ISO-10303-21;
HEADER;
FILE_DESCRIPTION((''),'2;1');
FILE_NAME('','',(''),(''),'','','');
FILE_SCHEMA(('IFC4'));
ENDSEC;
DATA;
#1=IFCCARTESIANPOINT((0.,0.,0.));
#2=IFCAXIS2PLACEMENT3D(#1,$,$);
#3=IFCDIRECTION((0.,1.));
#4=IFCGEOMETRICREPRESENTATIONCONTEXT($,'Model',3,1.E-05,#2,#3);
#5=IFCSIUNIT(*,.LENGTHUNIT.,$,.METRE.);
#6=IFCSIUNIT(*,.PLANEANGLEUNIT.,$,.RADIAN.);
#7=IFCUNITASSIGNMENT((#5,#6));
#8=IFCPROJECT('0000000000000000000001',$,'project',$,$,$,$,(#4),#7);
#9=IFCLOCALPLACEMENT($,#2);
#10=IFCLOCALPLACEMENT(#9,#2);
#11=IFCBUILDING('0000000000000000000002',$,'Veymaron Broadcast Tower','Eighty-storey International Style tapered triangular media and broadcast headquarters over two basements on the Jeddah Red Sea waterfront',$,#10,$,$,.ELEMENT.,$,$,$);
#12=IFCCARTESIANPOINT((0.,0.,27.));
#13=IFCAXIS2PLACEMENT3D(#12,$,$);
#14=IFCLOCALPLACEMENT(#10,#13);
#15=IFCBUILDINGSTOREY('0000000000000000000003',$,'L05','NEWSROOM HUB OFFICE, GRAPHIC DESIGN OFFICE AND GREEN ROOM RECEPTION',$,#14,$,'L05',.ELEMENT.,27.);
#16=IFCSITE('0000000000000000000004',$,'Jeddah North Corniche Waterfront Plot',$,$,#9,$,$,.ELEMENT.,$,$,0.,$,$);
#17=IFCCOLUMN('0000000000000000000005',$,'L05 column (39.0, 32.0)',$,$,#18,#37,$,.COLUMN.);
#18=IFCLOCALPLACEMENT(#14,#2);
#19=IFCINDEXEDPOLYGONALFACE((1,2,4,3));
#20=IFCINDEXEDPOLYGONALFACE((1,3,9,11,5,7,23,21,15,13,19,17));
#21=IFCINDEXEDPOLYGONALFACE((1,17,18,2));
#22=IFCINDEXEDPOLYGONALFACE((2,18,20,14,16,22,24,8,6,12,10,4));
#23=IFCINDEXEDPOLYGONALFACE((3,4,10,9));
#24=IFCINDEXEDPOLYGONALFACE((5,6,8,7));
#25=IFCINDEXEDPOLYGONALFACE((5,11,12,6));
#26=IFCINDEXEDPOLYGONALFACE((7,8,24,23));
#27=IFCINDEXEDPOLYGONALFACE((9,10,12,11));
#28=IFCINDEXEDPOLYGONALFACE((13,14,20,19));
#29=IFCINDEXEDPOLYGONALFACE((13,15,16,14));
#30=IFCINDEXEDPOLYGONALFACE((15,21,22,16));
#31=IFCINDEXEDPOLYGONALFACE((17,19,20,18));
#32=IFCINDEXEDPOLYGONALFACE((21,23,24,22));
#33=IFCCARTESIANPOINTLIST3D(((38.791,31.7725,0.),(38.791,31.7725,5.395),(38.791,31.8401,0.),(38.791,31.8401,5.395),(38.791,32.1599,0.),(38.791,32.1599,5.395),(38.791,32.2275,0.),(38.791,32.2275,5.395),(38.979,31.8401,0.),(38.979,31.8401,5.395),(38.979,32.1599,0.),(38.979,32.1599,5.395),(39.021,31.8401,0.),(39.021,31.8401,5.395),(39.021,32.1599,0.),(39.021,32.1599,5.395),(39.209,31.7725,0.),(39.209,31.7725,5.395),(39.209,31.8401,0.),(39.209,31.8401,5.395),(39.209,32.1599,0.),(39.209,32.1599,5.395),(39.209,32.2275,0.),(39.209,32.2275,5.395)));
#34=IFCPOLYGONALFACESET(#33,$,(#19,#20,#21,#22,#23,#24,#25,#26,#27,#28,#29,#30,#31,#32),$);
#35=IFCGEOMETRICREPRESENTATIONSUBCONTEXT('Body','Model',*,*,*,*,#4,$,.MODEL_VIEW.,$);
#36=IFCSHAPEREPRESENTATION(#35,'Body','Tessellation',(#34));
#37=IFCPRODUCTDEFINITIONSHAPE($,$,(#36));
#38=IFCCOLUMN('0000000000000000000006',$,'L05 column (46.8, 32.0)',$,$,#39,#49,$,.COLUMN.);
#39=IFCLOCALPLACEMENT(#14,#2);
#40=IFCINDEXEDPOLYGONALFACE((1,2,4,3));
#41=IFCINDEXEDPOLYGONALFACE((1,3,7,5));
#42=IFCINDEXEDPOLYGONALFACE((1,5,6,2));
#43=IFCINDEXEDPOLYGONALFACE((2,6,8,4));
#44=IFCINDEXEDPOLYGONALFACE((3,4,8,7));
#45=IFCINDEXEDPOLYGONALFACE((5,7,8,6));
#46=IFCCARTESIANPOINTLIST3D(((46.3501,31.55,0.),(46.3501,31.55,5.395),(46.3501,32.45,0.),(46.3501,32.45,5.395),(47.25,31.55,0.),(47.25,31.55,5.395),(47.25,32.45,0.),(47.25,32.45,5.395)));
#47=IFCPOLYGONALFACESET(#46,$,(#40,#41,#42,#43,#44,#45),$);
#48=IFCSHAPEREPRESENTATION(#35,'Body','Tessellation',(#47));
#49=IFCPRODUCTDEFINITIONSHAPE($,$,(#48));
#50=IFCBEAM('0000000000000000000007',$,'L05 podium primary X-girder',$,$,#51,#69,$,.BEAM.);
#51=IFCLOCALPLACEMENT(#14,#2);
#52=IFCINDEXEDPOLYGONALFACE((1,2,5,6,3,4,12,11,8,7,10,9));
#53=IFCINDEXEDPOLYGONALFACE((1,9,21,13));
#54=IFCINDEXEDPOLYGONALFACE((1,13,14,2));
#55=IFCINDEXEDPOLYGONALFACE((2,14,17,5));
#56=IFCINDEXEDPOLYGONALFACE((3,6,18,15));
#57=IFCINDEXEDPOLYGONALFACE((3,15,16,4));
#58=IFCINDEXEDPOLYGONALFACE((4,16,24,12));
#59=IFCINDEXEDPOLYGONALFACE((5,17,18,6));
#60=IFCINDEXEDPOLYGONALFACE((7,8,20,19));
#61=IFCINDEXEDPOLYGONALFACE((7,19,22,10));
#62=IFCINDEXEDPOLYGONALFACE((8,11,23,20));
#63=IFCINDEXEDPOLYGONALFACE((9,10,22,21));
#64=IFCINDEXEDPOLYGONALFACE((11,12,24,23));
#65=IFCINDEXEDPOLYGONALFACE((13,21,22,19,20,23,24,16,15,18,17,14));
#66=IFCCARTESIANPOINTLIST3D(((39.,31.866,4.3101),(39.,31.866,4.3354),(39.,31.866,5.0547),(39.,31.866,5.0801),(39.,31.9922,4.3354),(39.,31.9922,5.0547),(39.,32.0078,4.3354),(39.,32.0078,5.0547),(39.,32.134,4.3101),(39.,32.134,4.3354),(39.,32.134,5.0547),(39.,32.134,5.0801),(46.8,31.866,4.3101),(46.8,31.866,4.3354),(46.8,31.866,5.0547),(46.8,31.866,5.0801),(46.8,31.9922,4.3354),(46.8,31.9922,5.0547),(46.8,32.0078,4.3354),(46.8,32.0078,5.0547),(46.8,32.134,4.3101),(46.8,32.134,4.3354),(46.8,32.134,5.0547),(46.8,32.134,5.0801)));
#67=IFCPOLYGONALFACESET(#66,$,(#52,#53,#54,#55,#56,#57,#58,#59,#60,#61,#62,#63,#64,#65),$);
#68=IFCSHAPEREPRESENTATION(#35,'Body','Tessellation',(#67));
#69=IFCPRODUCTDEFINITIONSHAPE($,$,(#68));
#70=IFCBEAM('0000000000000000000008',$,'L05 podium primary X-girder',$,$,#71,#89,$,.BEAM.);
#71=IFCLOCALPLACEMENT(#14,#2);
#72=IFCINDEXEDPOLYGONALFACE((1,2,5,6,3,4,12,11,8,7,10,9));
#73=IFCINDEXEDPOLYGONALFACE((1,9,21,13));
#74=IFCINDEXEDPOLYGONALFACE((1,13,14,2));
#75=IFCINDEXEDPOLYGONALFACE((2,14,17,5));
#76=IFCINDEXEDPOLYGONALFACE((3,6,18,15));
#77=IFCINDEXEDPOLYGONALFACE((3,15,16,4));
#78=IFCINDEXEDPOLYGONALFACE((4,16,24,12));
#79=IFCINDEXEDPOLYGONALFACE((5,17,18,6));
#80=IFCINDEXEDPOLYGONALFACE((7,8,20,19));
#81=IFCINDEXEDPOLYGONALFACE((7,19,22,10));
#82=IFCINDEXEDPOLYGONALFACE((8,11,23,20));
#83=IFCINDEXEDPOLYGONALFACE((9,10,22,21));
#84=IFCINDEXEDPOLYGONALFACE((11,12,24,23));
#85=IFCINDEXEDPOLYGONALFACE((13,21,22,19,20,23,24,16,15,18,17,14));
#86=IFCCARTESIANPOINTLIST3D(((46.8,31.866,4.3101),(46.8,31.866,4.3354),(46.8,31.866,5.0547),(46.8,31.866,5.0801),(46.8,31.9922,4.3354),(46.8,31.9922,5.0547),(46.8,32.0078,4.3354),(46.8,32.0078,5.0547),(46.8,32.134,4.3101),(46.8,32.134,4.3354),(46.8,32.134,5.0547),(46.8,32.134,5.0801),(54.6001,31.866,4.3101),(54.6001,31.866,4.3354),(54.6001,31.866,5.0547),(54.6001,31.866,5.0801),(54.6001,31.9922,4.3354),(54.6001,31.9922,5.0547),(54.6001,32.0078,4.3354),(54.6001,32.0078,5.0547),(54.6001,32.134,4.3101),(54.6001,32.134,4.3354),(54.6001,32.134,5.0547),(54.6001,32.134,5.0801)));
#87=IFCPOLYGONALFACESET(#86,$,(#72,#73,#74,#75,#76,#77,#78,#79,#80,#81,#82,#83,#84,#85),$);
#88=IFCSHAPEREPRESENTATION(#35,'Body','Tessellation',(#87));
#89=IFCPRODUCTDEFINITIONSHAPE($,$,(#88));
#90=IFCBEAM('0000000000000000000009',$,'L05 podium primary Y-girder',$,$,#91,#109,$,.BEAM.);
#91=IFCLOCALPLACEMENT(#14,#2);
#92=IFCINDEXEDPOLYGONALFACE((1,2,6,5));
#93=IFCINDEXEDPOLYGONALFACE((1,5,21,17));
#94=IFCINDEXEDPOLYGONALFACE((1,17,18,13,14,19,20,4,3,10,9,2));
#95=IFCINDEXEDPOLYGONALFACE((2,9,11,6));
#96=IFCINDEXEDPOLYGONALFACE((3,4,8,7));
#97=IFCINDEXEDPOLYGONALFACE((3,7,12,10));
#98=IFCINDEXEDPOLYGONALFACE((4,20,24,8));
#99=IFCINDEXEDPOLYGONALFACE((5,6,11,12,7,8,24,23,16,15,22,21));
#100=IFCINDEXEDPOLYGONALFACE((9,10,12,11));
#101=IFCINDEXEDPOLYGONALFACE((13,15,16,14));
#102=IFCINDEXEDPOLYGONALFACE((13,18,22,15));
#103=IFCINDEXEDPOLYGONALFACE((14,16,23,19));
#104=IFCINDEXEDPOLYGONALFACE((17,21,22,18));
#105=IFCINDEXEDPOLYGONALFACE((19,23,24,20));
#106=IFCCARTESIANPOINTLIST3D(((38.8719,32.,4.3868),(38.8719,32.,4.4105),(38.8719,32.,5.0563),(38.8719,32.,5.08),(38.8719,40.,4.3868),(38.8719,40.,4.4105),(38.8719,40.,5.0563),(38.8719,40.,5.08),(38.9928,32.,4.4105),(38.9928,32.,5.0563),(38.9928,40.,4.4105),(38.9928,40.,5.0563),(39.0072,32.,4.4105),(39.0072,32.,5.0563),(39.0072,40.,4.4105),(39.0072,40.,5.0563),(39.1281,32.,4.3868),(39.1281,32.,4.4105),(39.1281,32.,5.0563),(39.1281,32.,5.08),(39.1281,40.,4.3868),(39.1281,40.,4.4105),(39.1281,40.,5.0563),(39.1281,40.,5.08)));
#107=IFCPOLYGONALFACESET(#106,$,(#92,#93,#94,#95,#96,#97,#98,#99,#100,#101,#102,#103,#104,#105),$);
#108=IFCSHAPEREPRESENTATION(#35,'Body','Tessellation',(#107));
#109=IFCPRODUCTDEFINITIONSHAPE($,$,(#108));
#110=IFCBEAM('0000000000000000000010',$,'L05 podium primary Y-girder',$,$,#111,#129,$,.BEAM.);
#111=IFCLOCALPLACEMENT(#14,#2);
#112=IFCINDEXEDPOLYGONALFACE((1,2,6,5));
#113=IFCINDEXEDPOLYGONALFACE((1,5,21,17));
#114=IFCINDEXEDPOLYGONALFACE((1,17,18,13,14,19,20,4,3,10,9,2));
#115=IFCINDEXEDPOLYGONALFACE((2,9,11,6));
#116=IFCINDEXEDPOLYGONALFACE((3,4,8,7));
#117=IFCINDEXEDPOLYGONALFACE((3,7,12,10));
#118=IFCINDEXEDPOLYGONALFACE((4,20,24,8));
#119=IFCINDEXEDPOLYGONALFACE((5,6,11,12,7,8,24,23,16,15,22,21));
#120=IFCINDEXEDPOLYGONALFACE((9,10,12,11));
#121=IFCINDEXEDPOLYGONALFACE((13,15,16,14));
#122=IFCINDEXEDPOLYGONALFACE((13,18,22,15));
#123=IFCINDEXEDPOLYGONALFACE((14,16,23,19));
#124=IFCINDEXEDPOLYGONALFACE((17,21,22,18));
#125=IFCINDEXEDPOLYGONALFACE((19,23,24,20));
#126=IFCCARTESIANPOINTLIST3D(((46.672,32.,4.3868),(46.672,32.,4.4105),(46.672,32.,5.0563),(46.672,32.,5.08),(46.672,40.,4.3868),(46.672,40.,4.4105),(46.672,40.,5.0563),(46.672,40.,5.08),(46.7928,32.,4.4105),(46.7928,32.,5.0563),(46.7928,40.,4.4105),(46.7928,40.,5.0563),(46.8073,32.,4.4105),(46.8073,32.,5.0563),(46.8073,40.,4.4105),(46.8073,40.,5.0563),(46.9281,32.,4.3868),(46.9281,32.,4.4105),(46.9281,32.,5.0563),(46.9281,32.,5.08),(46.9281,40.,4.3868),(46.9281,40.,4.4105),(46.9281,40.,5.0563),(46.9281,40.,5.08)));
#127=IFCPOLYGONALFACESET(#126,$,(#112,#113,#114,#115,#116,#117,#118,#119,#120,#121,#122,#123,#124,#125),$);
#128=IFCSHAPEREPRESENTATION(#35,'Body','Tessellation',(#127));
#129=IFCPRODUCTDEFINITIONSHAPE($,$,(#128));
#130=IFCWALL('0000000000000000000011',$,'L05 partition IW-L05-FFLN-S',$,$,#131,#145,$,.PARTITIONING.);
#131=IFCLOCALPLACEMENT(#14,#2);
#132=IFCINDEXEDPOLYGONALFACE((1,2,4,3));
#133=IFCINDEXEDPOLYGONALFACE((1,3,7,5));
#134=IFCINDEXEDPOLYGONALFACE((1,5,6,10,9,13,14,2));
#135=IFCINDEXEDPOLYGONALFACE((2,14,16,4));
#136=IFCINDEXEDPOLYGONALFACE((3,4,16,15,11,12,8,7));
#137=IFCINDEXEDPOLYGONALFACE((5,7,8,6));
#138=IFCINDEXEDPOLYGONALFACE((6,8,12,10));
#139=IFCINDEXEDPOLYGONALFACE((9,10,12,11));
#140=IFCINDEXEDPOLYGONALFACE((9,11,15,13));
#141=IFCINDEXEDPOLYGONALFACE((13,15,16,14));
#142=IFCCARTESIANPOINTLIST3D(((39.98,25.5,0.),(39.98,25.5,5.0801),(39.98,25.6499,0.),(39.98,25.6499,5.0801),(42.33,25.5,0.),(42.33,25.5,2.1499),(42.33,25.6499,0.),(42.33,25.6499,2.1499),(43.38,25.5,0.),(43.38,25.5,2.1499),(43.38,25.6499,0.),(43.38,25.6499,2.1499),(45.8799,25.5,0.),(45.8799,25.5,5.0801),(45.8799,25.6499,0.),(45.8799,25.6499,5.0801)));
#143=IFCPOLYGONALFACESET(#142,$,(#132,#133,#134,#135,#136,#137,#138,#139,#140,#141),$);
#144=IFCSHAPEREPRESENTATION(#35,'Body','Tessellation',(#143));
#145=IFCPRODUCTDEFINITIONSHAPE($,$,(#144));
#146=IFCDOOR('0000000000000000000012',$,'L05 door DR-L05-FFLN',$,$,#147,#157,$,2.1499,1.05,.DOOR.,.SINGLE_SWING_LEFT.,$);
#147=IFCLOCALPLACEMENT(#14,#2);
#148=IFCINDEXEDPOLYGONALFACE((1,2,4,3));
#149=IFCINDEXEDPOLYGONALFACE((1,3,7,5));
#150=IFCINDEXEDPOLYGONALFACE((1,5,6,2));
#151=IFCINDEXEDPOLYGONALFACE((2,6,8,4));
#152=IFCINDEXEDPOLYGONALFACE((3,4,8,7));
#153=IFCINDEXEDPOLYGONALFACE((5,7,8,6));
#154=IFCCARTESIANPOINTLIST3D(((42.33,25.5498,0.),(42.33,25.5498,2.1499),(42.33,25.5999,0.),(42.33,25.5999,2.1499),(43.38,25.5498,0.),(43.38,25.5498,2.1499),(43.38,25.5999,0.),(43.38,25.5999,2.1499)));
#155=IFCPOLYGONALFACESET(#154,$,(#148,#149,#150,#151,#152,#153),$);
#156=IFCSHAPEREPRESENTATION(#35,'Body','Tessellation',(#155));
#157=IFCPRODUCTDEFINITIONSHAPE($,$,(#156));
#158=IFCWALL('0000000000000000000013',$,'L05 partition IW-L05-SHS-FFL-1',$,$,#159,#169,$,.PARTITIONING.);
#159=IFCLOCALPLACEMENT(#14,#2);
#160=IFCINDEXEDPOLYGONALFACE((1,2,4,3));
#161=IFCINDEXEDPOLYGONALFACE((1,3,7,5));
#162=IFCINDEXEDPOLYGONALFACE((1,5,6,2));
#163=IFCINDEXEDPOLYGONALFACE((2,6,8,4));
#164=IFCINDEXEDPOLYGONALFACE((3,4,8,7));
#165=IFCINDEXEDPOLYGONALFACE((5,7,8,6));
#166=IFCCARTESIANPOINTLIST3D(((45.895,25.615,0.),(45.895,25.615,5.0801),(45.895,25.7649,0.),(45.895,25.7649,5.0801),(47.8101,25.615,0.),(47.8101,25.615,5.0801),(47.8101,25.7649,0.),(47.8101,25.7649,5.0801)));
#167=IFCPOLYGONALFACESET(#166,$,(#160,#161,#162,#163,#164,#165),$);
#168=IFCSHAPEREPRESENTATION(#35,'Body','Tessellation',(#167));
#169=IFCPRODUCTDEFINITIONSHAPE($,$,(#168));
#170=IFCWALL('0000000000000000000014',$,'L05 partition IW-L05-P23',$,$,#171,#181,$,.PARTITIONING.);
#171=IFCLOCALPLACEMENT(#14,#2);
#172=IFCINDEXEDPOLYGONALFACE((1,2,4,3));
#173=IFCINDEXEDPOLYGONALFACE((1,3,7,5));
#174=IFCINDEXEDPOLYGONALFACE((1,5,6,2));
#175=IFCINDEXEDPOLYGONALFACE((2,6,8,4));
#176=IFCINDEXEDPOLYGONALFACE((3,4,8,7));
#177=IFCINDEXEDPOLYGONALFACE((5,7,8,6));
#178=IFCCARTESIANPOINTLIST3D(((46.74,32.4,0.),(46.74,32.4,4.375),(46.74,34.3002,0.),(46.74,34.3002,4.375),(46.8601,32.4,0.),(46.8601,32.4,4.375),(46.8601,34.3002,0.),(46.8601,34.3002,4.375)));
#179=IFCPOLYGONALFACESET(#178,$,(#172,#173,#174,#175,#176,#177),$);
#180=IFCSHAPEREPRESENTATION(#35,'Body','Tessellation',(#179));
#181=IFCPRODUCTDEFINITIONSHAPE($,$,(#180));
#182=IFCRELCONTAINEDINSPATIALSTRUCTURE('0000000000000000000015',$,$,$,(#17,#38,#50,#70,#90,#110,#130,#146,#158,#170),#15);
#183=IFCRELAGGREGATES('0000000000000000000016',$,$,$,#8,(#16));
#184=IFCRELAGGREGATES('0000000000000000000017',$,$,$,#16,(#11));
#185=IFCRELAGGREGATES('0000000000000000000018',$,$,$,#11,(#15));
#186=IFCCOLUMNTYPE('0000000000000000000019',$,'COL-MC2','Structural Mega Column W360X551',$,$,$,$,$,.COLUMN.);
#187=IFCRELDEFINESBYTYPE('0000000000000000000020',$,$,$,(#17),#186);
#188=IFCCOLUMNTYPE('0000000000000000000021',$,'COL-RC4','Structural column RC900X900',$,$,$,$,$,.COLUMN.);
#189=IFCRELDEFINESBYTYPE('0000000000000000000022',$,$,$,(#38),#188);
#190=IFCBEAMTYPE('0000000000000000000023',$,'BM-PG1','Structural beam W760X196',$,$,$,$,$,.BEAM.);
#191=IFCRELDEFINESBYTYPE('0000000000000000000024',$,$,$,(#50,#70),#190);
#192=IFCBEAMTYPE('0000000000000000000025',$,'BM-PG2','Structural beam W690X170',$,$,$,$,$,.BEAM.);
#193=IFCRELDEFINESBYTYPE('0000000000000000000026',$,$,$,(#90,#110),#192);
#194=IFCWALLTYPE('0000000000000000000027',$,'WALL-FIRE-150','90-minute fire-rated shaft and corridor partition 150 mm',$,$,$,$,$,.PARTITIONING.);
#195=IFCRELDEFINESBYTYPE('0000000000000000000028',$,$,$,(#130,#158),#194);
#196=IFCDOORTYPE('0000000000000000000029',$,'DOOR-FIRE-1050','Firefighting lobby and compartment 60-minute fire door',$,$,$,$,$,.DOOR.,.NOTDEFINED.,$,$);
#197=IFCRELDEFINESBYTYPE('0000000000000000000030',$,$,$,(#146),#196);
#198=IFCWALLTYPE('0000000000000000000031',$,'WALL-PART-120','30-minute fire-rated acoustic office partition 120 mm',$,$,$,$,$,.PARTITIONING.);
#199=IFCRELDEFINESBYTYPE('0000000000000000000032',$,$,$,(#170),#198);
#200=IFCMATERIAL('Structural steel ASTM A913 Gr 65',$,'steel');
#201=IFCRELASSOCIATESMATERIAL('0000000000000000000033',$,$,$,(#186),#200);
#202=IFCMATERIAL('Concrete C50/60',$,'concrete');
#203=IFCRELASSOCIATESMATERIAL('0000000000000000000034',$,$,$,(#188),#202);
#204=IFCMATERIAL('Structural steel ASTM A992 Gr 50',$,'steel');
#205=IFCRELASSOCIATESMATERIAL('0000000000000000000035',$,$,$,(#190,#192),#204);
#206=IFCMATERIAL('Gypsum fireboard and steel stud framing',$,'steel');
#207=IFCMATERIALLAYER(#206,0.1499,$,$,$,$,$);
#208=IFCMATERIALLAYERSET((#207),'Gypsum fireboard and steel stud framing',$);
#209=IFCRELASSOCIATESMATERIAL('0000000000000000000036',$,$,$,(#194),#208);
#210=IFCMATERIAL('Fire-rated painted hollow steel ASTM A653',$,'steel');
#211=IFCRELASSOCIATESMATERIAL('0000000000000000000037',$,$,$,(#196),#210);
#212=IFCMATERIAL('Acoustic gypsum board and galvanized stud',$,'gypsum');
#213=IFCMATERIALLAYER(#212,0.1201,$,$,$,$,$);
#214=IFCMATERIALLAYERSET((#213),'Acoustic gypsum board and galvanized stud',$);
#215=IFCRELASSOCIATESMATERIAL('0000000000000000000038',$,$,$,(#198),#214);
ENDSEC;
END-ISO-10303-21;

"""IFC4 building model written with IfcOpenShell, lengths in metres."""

from ifc_helpers import new_model, si_unit, direction, frame, frame_2d, origin, origin_2d, place, context, subcontext, project, spatial, rectangle, i_section, extrude, material, layer, layer_set, material_profile, profile_set, type_object, element, fill, save


model = new_model("IFC4")

# Units and contexts
model_context = context("Model", 3, precision=1e-05, world=origin(), true_north=direction((0.0, 1.0)))
body_context = subcontext(model_context, "Body", "Model", "MODEL_VIEW")
ifc_project = project(units=[si_unit("LENGTHUNIT", "METRE"), si_unit("PLANEANGLEUNIT", "RADIAN")], contexts=[model_context])

# Site, building, storey
site_placement = place(None, origin())
site = spatial("IfcSite", under=ifc_project, at=site_placement, Name="Jeddah North Corniche Waterfront Plot", CompositionType="ELEMENT", RefElevation=0.0)
building_placement = place(site_placement, origin())
building = spatial("IfcBuilding", under=site, at=building_placement, Name="Veymaron Broadcast Tower", Description="Eighty-storey International Style tapered triangular media and broadcast headquarters over two basements on the Jeddah Red Sea waterfront", CompositionType="ELEMENT")
storey_placement = place(building_placement, frame((0.0, 0.0, 27.0)))
storey = spatial("IfcBuildingStorey", under=building, at=storey_placement, Name="L05", Description="NEWSROOM HUB OFFICE, GRAPHIC DESIGN OFFICE AND GREEN ROOM RECEPTION", LongName="L05", CompositionType="ELEMENT", Elevation=27.0)

# Columns
ifc_material_1 = material(Name="Structural steel ASTM A913 Gr 65", Category="steel")
ifc_material_profile_1 = material_profile(ifc_material_1, i_section(OverallWidth=0.418, OverallDepth=0.4551, WebThickness=0.042, FlangeThickness=0.0676, at=origin_2d()), Name="W360X551")
ifc_profile_set_1 = profile_set([ifc_material_profile_1], Name="Structural steel ASTM A913 Gr 65")
column_type_1 = type_object("IfcColumnType", Name="COL-MC2", Description="Structural Mega Column W360X551", PredefinedType="COLUMN", material=ifc_profile_set_1)
column_1_placement = place(storey_placement, frame((39.0, 32.0, 0.0), z_axis=(0.0, 0.0, 1.0), x_axis=(1.0, 0.0, 0.0)))
element("IfcColumn", 1, at=column_1_placement, inside=storey, type_object=column_type_1, Name="L05 column (39.0, 32.0)", PredefinedType="COLUMN", context=body_context, shape_type="SweptSolid", body=[
    extrude(i_section(OverallWidth=0.418, OverallDepth=0.4551, WebThickness=0.042, FlangeThickness=0.0676, at=origin_2d()), origin(), (0.0, 0.0, 1.0), 5.395),
])
ifc_material_2 = material(Name="Concrete C50/60", Category="concrete")
ifc_material_profile_2 = material_profile(ifc_material_2, rectangle(XDim=0.8999, YDim=0.8999, at=origin_2d()), Name="RC900X900")
ifc_profile_set_2 = profile_set([ifc_material_profile_2], Name="Concrete C50/60")
column_type_2 = type_object("IfcColumnType", Name="COL-RC4", Description="Structural column RC900X900", PredefinedType="COLUMN", material=ifc_profile_set_2)
column_2_placement = place(storey_placement, frame((46.8, 32.0, 0.0), z_axis=(0.0, 0.0, 1.0), x_axis=(1.0, 0.0, 0.0)))
element("IfcColumn", 2, at=column_2_placement, inside=storey, type_object=column_type_2, Name="L05 column (46.8, 32.0)", PredefinedType="COLUMN", context=body_context, shape_type="SweptSolid", body=[
    extrude(rectangle(XDim=0.8999, YDim=0.8999, at=origin_2d()), origin(), (0.0, 0.0, 1.0), 5.395),
])

# Beams
ifc_material_3 = material(Name="Structural steel ASTM A992 Gr 50", Category="steel")
ifc_material_profile_3 = material_profile(ifc_material_3, i_section(OverallWidth=0.2681, OverallDepth=0.77, WebThickness=0.0156, FlangeThickness=0.0254, at=origin_2d()), Name="W760X196")
ifc_profile_set_3 = profile_set([ifc_material_profile_3], Name="Structural steel ASTM A992 Gr 50")
beam_type_1 = type_object("IfcBeamType", Name="BM-PG1", Description="Structural beam W760X196", PredefinedType="BEAM", material=ifc_profile_set_3)
for number, where, z_axis, x_axis, name in (
    (3, (39.0, 32.0, 4.6951), (1.0, 0.0, 0.0), (0.0, 1.0, 0.0), "L05 podium primary X-girder"),
    (4, (46.8, 32.0, 4.6951), (1.0, 0.0, 0.0), (0.0, 1.0, 0.0), "L05 podium primary X-girder"),
):
    element("IfcBeam", number, at=place(storey_placement, frame(where, z_axis=z_axis, x_axis=x_axis)), inside=storey, type_object=beam_type_1, Name=name, PredefinedType="BEAM", context=body_context, shape_type="SweptSolid", body=[
        extrude(i_section(OverallWidth=0.2681, OverallDepth=0.77, WebThickness=0.0156, FlangeThickness=0.0254, at=origin_2d()), origin(), (0.0, 0.0, 1.0), 7.8),
    ])
ifc_material_profile_4 = material_profile(ifc_material_3, i_section(OverallWidth=0.2561, OverallDepth=0.6931, WebThickness=0.0144, FlangeThickness=0.0237, at=origin_2d()), Name="W690X170")
ifc_profile_set_4 = profile_set([ifc_material_profile_4], Name="Structural steel ASTM A992 Gr 50")
beam_type_2 = type_object("IfcBeamType", Name="BM-PG2", Description="Structural beam W690X170", PredefinedType="BEAM", material=ifc_profile_set_4)
for number, where, z_axis, x_axis, name in (
    (5, (39.0, 32.0, 4.7334), (0.0, 1.0, 0.0), (-1.0, 0.0, 0.0), "L05 podium primary Y-girder"),
    (6, (46.8, 32.0, 4.7334), (0.0, 1.0, 0.0), (-1.0, 0.0, 0.0), "L05 podium primary Y-girder"),
):
    element("IfcBeam", number, at=place(storey_placement, frame(where, z_axis=z_axis, x_axis=x_axis)), inside=storey, type_object=beam_type_2, Name=name, PredefinedType="BEAM", context=body_context, shape_type="SweptSolid", body=[
        extrude(i_section(OverallWidth=0.2561, OverallDepth=0.6931, WebThickness=0.0144, FlangeThickness=0.0237, at=origin_2d()), origin(), (0.0, 0.0, 1.0), 8.0),
    ])

# Wall, opening, door
ifc_material_4 = material(Name="Gypsum fireboard and steel stud framing", Category="steel")
ifc_layer_1 = layer(ifc_material_4, 0.1499)
ifc_layer_set_1 = layer_set([ifc_layer_1], Name="Gypsum fireboard and steel stud framing")
wall_type_1 = type_object("IfcWallType", Name="WALL-FIRE-150", Description="90-minute fire-rated shaft and corridor partition 150 mm", PredefinedType="PARTITIONING", material=ifc_layer_set_1)
wall_1_placement = place(storey_placement, frame((39.98, 25.575, 0.0), z_axis=(0.0, 0.0, 1.0), x_axis=(1.0, 0.0, 0.0)))
wall_1 = element("IfcWall", 7, at=wall_1_placement, inside=storey, type_object=wall_type_1, Name="L05 partition IW-L05-FFLN-S", PredefinedType="PARTITIONING", context=body_context, shape_type="SweptSolid", body=[
    extrude(rectangle(XDim=5.8999, YDim=0.1499, at=frame_2d((2.95, 0.0))), origin(), (0.0, 0.0, 1.0), 5.0801),
])
opening_1_placement = place(wall_1_placement, frame((2.3501, 0.0, 0.0)))
opening_1 = element("IfcOpeningElement", 8, at=opening_1_placement, cuts=wall_1, PredefinedType="OPENING", context=body_context, shape_type="SweptSolid", body=[
    extrude(rectangle(XDim=1.05, YDim=2.1499, at=frame_2d((0.5249, 1.075))), frame((0.0, 0.085, 0.0), z_axis=(0.0, -1.0, 0.0), x_axis=(1.0, 0.0, 0.0)), (0.0, 0.0, 1.0), 0.1699),
])
ifc_material_5 = material(Name="Fire-rated painted hollow steel ASTM A653", Category="steel")
door_type_1 = type_object("IfcDoorType", Name="DOOR-FIRE-1050", Description="Firefighting lobby and compartment 60-minute fire door", OperationType="NOTDEFINED", PredefinedType="DOOR", material=ifc_material_5)
door_1_placement = place(opening_1_placement, origin())
door_1 = element("IfcDoor", 9, at=door_1_placement, inside=storey, type_object=door_type_1, Name="L05 door DR-L05-FFLN", OperationType="SINGLE_SWING_LEFT", OverallHeight=2.1499, OverallWidth=1.05, PredefinedType="DOOR", context=body_context, shape_type="SweptSolid", body=[
    extrude(rectangle(XDim=1.05, YDim=2.1499, at=frame_2d((0.5249, 1.075))), frame((0.0, 0.0249, 0.0), z_axis=(0.0, -1.0, 0.0), x_axis=(1.0, 0.0, 0.0)), (0.0, 0.0, 1.0), 0.05),
])
fill(opening_1, door_1)

# Walls
wall_2_placement = place(storey_placement, frame((45.895, 25.6899, 0.0), z_axis=(0.0, 0.0, 1.0), x_axis=(1.0, 0.0, 0.0)))
element("IfcWall", 10, at=wall_2_placement, inside=storey, type_object=wall_type_1, Name="L05 partition IW-L05-SHS-FFL-1", PredefinedType="PARTITIONING", context=body_context, shape_type="SweptSolid", body=[
    extrude(rectangle(XDim=1.915, YDim=0.1499, at=frame_2d((0.9575, 0.0))), origin(), (0.0, 0.0, 1.0), 5.0801),
])
ifc_material_6 = material(Name="Acoustic gypsum board and galvanized stud", Category="gypsum")
ifc_layer_2 = layer(ifc_material_6, 0.1201)
ifc_layer_set_2 = layer_set([ifc_layer_2], Name="Acoustic gypsum board and galvanized stud")
wall_type_2 = type_object("IfcWallType", Name="WALL-PART-120", Description="30-minute fire-rated acoustic office partition 120 mm", PredefinedType="PARTITIONING", material=ifc_layer_set_2)
wall_3_placement = place(storey_placement, frame((46.8, 32.3999, 0.0), z_axis=(0.0, 0.0, 1.0), x_axis=(0.0, 1.0, 0.0)))
element("IfcWall", 11, at=wall_3_placement, inside=storey, type_object=wall_type_2, Name="L05 partition IW-L05-P23", PredefinedType="PARTITIONING", context=body_context, shape_type="SweptSolid", body=[
    extrude(rectangle(XDim=1.9001, YDim=0.1201, at=frame_2d((0.9502, 0.0))), origin(), (0.0, 0.0, 1.0), 4.375),
])

save(model, "model.ifc")
